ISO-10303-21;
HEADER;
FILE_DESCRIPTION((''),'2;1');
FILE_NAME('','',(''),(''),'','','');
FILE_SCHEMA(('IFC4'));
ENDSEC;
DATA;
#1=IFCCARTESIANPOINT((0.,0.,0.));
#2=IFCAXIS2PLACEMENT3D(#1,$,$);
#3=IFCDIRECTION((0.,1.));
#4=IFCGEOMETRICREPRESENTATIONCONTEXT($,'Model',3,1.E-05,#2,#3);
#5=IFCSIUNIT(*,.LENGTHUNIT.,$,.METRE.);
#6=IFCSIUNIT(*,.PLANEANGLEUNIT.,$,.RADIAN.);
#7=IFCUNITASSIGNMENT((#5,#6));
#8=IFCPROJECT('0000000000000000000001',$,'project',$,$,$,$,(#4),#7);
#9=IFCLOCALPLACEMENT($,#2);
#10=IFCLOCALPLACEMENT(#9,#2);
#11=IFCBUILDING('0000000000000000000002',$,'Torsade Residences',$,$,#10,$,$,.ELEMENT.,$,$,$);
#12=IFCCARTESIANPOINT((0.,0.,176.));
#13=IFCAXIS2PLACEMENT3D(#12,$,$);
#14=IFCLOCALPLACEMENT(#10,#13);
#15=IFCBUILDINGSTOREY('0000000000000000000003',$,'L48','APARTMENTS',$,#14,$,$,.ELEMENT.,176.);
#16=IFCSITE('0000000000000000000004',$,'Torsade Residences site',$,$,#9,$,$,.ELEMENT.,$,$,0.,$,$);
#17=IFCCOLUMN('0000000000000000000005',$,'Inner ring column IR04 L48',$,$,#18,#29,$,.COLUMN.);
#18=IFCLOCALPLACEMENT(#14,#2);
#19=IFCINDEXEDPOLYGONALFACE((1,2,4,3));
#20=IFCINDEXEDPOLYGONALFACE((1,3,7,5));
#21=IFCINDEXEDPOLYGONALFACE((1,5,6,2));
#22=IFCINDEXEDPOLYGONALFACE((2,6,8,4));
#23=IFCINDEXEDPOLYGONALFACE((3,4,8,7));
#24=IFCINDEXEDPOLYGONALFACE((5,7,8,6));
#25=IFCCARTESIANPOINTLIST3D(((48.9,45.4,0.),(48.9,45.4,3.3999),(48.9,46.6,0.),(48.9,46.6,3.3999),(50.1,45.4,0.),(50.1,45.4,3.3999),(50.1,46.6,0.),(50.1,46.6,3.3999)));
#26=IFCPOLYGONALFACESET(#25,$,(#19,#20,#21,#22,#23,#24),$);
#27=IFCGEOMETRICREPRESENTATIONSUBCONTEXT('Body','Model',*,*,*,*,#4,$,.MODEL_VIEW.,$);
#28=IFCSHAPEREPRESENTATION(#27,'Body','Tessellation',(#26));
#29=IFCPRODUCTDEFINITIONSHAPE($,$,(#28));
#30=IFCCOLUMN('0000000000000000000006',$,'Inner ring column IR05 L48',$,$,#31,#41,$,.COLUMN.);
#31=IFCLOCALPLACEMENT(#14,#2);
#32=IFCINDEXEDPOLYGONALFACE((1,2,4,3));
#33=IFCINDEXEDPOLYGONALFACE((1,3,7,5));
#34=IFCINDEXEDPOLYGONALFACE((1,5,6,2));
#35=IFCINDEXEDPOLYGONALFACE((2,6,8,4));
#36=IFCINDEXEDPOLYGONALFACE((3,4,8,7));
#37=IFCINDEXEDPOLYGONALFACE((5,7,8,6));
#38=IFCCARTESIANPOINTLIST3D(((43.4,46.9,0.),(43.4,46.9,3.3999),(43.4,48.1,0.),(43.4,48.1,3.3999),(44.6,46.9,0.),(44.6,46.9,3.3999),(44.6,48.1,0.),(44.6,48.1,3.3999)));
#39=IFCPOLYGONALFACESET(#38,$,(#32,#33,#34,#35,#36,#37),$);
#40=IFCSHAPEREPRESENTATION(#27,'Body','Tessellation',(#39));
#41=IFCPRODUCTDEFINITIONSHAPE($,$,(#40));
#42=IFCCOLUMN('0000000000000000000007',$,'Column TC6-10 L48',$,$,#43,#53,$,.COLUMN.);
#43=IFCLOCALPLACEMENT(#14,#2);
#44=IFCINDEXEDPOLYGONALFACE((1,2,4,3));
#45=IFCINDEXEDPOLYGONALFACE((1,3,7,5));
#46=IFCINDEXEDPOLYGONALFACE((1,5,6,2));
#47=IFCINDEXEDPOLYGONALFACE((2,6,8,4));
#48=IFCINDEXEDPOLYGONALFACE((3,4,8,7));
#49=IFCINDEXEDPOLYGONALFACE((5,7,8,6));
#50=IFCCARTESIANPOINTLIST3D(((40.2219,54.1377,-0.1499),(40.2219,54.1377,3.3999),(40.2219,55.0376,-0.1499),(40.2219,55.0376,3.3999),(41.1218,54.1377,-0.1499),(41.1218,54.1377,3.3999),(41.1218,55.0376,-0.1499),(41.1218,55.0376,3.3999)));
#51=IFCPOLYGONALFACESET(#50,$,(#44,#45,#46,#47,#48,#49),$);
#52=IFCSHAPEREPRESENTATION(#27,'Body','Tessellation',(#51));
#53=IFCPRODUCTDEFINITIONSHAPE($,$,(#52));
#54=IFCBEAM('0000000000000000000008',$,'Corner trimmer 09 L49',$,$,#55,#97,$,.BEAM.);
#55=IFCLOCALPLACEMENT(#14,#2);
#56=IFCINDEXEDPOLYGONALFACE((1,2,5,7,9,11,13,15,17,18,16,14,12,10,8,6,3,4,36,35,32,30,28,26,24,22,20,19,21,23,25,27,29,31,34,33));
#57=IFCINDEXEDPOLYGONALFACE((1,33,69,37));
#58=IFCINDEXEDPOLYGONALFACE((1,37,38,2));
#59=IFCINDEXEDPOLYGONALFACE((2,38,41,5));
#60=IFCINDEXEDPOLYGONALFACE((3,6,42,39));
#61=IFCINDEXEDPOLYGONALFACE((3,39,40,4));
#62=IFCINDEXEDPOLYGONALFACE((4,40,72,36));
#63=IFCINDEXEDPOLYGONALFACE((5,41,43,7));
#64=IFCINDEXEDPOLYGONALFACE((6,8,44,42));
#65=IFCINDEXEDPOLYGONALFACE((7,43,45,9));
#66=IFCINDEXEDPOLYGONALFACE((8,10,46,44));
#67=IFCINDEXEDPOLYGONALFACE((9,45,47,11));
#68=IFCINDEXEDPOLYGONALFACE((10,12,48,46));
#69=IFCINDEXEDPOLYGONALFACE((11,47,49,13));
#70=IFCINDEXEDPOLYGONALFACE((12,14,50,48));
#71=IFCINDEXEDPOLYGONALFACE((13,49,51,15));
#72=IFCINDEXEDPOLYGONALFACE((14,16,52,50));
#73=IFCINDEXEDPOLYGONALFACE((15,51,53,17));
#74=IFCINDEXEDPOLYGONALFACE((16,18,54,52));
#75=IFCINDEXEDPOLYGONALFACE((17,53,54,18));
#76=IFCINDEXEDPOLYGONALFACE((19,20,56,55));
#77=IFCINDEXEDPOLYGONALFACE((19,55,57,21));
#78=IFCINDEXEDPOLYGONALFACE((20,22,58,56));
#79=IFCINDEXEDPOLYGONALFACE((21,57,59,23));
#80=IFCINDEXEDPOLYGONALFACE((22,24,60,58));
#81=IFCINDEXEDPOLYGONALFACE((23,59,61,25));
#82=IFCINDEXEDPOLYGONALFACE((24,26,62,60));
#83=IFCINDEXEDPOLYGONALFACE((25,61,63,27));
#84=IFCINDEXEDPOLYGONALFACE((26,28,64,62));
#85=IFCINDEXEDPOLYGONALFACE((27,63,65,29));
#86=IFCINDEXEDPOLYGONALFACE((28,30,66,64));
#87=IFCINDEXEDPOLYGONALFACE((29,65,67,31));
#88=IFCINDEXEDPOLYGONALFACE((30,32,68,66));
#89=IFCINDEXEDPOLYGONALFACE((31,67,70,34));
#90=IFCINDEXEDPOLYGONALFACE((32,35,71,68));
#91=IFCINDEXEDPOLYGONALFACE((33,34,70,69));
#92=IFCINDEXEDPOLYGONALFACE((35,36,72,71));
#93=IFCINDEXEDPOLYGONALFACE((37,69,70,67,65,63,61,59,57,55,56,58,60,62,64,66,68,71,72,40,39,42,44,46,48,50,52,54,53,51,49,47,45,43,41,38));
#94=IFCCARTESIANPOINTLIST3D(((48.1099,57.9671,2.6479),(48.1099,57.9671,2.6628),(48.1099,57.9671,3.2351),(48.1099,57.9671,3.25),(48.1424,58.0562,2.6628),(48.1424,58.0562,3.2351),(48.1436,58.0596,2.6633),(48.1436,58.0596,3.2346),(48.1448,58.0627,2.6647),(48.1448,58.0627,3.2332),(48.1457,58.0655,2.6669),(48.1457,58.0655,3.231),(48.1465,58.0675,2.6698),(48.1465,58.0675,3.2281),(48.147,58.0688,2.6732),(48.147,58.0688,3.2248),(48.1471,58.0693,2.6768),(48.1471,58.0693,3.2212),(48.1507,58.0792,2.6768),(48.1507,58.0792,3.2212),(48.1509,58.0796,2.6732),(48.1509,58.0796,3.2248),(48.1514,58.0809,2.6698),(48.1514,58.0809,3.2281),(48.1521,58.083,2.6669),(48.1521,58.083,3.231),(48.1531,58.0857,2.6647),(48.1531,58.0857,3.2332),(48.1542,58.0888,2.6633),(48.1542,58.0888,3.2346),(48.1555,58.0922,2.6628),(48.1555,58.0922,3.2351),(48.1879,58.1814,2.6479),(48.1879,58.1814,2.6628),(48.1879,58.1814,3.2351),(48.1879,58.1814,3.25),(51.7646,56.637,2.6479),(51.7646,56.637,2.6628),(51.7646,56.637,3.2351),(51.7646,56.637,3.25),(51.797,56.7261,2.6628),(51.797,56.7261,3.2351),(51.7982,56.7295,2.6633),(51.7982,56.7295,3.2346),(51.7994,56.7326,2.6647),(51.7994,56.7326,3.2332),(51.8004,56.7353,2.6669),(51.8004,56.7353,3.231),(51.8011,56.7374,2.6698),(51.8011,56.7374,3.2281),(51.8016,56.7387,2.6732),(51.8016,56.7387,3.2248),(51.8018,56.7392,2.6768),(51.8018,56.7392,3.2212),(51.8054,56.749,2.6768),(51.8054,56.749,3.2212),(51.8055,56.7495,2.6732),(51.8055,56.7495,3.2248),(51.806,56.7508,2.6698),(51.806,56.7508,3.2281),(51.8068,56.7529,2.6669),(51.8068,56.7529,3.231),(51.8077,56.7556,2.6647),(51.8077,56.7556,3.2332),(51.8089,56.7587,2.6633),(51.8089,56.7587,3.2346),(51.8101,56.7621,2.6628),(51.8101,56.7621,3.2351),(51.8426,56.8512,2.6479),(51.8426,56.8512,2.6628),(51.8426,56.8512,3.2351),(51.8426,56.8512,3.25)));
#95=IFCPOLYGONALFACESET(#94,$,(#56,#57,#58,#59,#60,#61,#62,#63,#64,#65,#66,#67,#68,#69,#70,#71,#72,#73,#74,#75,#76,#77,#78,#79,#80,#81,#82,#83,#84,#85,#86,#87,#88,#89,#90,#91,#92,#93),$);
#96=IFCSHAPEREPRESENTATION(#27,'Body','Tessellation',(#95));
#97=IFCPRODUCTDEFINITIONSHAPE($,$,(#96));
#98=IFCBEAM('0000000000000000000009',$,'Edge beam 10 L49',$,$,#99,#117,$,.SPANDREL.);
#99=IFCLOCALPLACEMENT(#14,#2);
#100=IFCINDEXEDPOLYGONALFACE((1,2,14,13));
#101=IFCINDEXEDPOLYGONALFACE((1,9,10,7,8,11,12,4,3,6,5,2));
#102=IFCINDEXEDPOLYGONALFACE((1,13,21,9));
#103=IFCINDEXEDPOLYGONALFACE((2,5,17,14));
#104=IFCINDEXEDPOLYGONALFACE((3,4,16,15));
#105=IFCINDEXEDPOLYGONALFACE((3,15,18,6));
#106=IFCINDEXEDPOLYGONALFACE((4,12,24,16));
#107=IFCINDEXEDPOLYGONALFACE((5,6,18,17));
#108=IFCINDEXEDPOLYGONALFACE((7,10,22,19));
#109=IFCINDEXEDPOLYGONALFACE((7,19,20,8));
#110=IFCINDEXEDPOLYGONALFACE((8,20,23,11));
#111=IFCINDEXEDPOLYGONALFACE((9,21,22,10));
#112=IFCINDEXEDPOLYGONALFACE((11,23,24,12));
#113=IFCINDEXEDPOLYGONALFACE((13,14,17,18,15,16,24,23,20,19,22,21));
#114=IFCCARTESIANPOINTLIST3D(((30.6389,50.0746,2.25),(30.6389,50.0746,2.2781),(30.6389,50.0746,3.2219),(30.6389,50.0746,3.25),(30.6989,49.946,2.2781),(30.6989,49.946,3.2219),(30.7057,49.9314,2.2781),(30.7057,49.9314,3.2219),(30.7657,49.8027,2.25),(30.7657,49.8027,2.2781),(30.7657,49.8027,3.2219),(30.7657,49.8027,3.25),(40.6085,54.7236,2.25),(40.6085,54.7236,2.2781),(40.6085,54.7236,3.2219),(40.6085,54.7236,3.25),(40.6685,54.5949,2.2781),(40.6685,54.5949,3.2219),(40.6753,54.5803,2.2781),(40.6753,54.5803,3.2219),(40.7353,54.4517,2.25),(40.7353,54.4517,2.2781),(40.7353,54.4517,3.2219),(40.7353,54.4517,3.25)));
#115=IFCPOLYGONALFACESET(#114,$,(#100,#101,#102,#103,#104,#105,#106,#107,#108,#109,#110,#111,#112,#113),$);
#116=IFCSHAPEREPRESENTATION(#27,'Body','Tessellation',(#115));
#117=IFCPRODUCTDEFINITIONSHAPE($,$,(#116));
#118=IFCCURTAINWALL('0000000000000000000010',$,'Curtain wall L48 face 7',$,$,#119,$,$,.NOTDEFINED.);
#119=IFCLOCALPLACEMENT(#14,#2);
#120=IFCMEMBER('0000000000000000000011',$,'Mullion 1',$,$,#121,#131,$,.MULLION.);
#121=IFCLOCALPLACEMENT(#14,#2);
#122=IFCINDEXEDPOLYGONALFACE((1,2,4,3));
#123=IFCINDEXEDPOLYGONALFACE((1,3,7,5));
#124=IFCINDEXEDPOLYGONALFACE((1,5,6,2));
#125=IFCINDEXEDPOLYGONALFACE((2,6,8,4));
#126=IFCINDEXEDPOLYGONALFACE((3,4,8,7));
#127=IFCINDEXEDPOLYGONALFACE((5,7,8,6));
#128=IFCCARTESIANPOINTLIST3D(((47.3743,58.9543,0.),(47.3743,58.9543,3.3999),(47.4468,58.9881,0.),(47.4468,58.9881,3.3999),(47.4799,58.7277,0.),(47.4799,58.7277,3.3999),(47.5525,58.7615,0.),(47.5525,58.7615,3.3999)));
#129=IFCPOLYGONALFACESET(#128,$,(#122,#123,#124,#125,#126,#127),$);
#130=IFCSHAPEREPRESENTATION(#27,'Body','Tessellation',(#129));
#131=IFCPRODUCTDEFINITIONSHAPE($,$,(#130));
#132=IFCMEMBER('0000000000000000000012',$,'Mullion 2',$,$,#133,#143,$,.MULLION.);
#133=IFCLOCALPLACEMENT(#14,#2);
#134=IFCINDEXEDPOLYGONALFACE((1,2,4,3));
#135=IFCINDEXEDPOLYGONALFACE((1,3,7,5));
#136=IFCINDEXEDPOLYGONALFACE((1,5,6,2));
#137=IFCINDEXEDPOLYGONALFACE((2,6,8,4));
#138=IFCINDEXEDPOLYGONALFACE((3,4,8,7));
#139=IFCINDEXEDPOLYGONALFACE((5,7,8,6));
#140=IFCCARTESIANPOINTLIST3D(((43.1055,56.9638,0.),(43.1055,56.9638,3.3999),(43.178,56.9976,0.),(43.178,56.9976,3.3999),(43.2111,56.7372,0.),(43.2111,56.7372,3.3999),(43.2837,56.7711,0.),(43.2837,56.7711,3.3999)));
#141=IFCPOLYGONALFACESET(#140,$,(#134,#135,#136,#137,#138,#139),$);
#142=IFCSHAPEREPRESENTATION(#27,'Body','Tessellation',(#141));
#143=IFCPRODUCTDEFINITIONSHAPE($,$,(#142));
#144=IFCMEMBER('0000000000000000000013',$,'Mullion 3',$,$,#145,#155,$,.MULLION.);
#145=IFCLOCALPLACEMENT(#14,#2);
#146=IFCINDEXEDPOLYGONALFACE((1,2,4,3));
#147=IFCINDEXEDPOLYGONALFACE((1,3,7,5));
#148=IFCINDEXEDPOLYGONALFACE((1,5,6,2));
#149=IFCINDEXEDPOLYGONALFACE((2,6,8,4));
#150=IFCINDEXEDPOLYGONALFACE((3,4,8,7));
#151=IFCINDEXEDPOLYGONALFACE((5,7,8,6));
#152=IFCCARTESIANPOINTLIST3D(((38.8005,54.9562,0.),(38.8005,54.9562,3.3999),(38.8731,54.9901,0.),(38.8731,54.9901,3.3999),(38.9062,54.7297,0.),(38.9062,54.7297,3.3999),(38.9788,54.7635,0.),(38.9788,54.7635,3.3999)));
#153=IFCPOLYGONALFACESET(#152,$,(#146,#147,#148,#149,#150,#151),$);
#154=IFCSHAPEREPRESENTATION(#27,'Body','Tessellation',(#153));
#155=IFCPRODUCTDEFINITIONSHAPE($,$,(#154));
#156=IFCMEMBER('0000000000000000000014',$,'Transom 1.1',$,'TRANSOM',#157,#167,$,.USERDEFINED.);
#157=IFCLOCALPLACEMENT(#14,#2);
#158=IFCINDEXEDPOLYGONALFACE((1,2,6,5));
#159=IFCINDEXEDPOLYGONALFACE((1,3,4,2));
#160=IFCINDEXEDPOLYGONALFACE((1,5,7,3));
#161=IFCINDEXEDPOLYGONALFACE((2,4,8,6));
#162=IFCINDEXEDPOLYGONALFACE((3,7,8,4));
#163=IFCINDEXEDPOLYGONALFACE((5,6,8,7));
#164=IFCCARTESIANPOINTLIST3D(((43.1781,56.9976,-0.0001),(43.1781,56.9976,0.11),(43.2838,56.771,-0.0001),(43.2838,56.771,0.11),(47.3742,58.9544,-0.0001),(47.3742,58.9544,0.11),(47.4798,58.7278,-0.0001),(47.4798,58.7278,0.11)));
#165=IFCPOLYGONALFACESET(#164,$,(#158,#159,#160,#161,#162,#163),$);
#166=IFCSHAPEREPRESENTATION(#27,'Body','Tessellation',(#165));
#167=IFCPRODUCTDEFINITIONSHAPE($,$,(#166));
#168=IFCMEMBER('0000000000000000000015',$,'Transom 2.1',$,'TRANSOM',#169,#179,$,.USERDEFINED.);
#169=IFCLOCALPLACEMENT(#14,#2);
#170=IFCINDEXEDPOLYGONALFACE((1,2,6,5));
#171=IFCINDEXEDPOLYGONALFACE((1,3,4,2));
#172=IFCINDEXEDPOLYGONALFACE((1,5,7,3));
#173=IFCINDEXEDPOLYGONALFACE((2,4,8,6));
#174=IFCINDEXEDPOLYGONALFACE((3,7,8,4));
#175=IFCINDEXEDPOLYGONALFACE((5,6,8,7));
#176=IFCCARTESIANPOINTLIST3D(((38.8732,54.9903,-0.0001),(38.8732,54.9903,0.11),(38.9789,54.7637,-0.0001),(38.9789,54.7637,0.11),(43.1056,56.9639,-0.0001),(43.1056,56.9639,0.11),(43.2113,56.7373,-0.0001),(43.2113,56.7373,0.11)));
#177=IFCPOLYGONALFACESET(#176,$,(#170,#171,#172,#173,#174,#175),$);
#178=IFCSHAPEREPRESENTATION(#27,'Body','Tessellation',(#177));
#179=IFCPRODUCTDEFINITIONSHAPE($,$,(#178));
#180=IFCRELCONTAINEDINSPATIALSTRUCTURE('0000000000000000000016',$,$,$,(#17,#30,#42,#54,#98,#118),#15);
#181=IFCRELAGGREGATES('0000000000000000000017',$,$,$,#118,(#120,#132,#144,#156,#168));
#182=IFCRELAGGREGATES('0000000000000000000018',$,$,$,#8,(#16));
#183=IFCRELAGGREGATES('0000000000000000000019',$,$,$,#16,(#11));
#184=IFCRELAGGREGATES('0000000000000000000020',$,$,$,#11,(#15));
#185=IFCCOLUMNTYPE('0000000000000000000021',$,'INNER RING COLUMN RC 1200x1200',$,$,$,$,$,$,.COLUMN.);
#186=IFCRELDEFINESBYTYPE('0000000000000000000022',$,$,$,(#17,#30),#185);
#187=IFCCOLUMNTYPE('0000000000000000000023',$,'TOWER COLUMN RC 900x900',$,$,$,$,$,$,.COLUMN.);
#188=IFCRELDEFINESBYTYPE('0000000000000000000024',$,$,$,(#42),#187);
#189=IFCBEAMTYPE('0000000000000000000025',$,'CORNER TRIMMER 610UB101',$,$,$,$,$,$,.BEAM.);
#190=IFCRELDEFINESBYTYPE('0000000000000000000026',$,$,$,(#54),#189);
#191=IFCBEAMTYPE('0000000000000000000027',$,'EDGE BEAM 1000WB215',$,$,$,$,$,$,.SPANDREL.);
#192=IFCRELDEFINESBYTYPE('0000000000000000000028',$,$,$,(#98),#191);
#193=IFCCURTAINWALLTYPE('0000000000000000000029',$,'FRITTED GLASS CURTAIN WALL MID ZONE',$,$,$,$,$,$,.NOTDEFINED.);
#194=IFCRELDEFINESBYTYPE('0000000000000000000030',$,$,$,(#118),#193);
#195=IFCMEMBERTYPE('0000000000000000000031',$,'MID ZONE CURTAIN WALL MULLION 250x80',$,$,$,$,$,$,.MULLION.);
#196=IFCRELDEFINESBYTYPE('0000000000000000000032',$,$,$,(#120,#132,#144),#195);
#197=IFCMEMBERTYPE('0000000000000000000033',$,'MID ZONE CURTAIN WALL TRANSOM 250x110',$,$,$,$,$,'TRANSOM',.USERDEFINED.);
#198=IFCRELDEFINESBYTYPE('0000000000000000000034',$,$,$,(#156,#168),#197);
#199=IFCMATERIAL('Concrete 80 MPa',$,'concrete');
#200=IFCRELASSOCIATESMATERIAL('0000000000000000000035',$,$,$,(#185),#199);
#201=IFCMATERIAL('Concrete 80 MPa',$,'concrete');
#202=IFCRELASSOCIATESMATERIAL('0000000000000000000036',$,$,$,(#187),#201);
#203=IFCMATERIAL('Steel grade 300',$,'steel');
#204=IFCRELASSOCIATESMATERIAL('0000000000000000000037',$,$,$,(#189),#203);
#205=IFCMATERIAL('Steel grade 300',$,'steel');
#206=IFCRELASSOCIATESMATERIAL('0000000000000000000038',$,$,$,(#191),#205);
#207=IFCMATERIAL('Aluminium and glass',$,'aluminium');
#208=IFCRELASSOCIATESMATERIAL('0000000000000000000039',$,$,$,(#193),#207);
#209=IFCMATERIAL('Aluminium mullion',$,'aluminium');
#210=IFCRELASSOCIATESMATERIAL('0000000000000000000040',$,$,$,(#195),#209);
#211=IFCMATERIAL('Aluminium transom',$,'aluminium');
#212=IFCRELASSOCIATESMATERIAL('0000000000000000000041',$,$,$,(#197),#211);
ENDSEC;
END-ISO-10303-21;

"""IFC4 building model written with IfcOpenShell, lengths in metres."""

from ifc_helpers import new_model, si_unit, direction, frame, origin, origin_2d, place, context, subcontext, project, spatial, rectangle, i_section, extrude, material, material_profile, profile_set, type_object, element, aggregate, save


model = new_model("IFC4")

# Units and contexts
model_context = context("Model", 3, precision=1e-05, world=origin(), true_north=direction((0.0, 1.0)))
body_context = subcontext(model_context, "Body", "Model", "MODEL_VIEW")
ifc_project = project(units=[si_unit("LENGTHUNIT", "METRE"), si_unit("PLANEANGLEUNIT", "RADIAN")], contexts=[model_context])

# Site, building, storey
site_placement = place(None, origin())
site = spatial("IfcSite", under=ifc_project, at=site_placement, Name="Torsade Residences site", CompositionType="ELEMENT", RefElevation=0.0)
building_placement = place(site_placement, origin())
building = spatial("IfcBuilding", under=site, at=building_placement, Name="Torsade Residences", CompositionType="ELEMENT")
storey_placement = place(building_placement, frame((0.0, 0.0, 176.0)))
storey = spatial("IfcBuildingStorey", under=building, at=storey_placement, Name="L48", Description="APARTMENTS", CompositionType="ELEMENT", Elevation=176.0)

# Columns
ifc_material_1 = material(Name="Concrete 80 MPa", Category="concrete")
ifc_material_profile_1 = material_profile(ifc_material_1, rectangle(XDim=1.2, YDim=1.2, at=origin_2d()), Name="RC 1200x1200")
ifc_profile_set_1 = profile_set([ifc_material_profile_1], Name="Concrete 80 MPa")
column_type_1 = type_object("IfcColumnType", Name="INNER RING COLUMN RC 1200x1200", PredefinedType="COLUMN", material=ifc_profile_set_1)
for number, where, z_axis, x_axis, name in (
    (1, (49.5, 46.0, 0.0), (0.0, 0.0, 1.0), (1.0, 0.0, 0.0), "Inner ring column IR04 L48"),
    (2, (44.0, 47.5, 0.0), (0.0, 0.0, 1.0), (1.0, 0.0, 0.0), "Inner ring column IR05 L48"),
):
    element("IfcColumn", number, at=place(storey_placement, frame(where, z_axis=z_axis, x_axis=x_axis)), inside=storey, type_object=column_type_1, Name=name, PredefinedType="COLUMN", context=body_context, shape_type="SweptSolid", body=[
        extrude(rectangle(XDim=1.2, YDim=1.2, at=origin_2d()), origin(), (0.0, 0.0, 1.0), 3.3999),
    ])
ifc_material_2 = material(Name="Concrete 80 MPa", Category="concrete")
ifc_material_profile_2 = material_profile(ifc_material_2, rectangle(XDim=0.8999, YDim=0.8999, at=origin_2d()), Name="RC 900x900")
ifc_profile_set_2 = profile_set([ifc_material_profile_2], Name="Concrete 80 MPa")
column_type_2 = type_object("IfcColumnType", Name="TOWER COLUMN RC 900x900", PredefinedType="COLUMN", material=ifc_profile_set_2)
column_placement = place(storey_placement, frame((40.6719, 54.5876, -0.1499), z_axis=(0.0, 0.0, 1.0), x_axis=(1.0, 0.0, 0.0)))
element("IfcColumn", 3, at=column_placement, inside=storey, type_object=column_type_2, Name="Column TC6-10 L48", PredefinedType="COLUMN", context=body_context, shape_type="SweptSolid", body=[
    extrude(rectangle(XDim=0.8999, YDim=0.8999, at=origin_2d()), origin(), (0.0, 0.0, 1.0), 3.5498),
])

# Beams
ifc_material_3 = material(Name="Steel grade 300", Category="steel")
ifc_material_profile_3 = material_profile(ifc_material_3, i_section(OverallWidth=0.228, OverallDepth=0.6021, WebThickness=0.0105, FlangeThickness=0.0149, FilletRadius=0.0139, at=origin_2d()), Name="610UB101")
ifc_profile_set_3 = profile_set([ifc_material_profile_3], Name="Steel grade 300")
beam_type_1 = type_object("IfcBeamType", Name="CORNER TRIMMER 610UB101", PredefinedType="BEAM", material=ifc_profile_set_3)
beam_1_placement = place(storey_placement, frame((48.1489, 58.0742, 2.949), z_axis=(0.939698, -0.342005, 0.0), x_axis=(0.342005, 0.939698, 0.0)))
element("IfcBeam", 4, at=beam_1_placement, inside=storey, type_object=beam_type_1, Name="Corner trimmer 09 L49", PredefinedType="BEAM", context=body_context, shape_type="SweptSolid", body=[
    extrude(i_section(OverallWidth=0.228, OverallDepth=0.6021, WebThickness=0.0105, FlangeThickness=0.0149, FilletRadius=0.0139, at=origin_2d()), origin(), (0.0, 0.0, 1.0), 3.8892),
])
ifc_material_4 = material(Name="Steel grade 300", Category="steel")
ifc_material_profile_4 = material_profile(ifc_material_4, i_section(OverallWidth=0.3, OverallDepth=1.0, WebThickness=0.0161, FlangeThickness=0.0281, at=origin_2d()), Name="1000WB215")
ifc_profile_set_4 = profile_set([ifc_material_profile_4], Name="Steel grade 300")
beam_type_2 = type_object("IfcBeamType", Name="EDGE BEAM 1000WB215", PredefinedType="SPANDREL", material=ifc_profile_set_4)
beam_2_placement = place(storey_placement, frame((40.6719, 54.5876, 2.75), z_axis=(-0.906305, -0.422624, 0.0), x_axis=(0.422624, -0.906305, 0.0)))
element("IfcBeam", 5, at=beam_2_placement, inside=storey, type_object=beam_type_2, Name="Edge beam 10 L49", PredefinedType="SPANDREL", context=body_context, shape_type="SweptSolid", body=[
    extrude(i_section(OverallWidth=0.3, OverallDepth=1.0, WebThickness=0.0161, FlangeThickness=0.0281, at=origin_2d()), origin(), (0.0, 0.0, 1.0), 11.0002),
])

# Curtain wall, members
ifc_material_5 = material(Name="Aluminium and glass", Category="aluminium")
curtain_wall_type = type_object("IfcCurtainWallType", Name="FRITTED GLASS CURTAIN WALL MID ZONE", PredefinedType="NOTDEFINED", material=ifc_material_5)
curtain_wall_placement = place(storey_placement, origin())
curtain_wall = element("IfcCurtainWall", 6, at=curtain_wall_placement, inside=storey, type_object=curtain_wall_type, Name="Curtain wall L48 face 7", PredefinedType="NOTDEFINED")
ifc_material_6 = material(Name="Aluminium mullion", Category="aluminium")
ifc_material_profile_5 = material_profile(ifc_material_6, rectangle(XDim=0.25, YDim=0.0801, at=origin_2d()), Name="MID ZONE CURTAIN WALL MULLION 250x80")
ifc_profile_set_5 = profile_set([ifc_material_profile_5], Name="Aluminium mullion")
member_type_1 = type_object("IfcMemberType", Name="MID ZONE CURTAIN WALL MULLION 250x80", PredefinedType="MULLION", material=ifc_profile_set_5)
member_1_placement = place(storey_placement, frame((47.4634, 58.8579, 0.0), z_axis=(0.0, 0.0, 1.0), x_axis=(0.422618, -0.906308, 0.0)))
member_1 = element("IfcMember", 7, at=member_1_placement, type_object=member_type_1, Name="Mullion 1", PredefinedType="MULLION", context=body_context, shape_type="SweptSolid", body=[
    extrude(rectangle(XDim=0.25, YDim=0.0801, at=origin_2d()), origin(), (0.0, 0.0, 1.0), 3.3999),
])
member_2_placement = place(storey_placement, frame((43.1946, 56.8674, 0.0), z_axis=(0.0, 0.0, 1.0), x_axis=(0.422618, -0.906308, 0.0)))
member_2 = element("IfcMember", 8, at=member_2_placement, type_object=member_type_1, Name="Mullion 2", PredefinedType="MULLION", context=body_context, shape_type="SweptSolid", body=[
    extrude(rectangle(XDim=0.25, YDim=0.0801, at=origin_2d()), origin(), (0.0, 0.0, 1.0), 3.3999),
])
member_3_placement = place(storey_placement, frame((38.8896, 54.8599, 0.0), z_axis=(0.0, 0.0, 1.0), x_axis=(0.422618, -0.906308, 0.0)))
member_3 = element("IfcMember", 9, at=member_3_placement, type_object=member_type_1, Name="Mullion 3", PredefinedType="MULLION", context=body_context, shape_type="SweptSolid", body=[
    extrude(rectangle(XDim=0.25, YDim=0.0801, at=origin_2d()), origin(), (0.0, 0.0, 1.0), 3.3999),
])
ifc_material_7 = material(Name="Aluminium transom", Category="aluminium")
ifc_material_profile_6 = material_profile(ifc_material_7, rectangle(XDim=0.25, YDim=0.1101, at=origin_2d()), Name="MID ZONE CURTAIN WALL TRANSOM 250x110")
ifc_profile_set_6 = profile_set([ifc_material_profile_6], Name="Aluminium transom")
member_type_2 = type_object("IfcMemberType", Name="MID ZONE CURTAIN WALL TRANSOM 250x110", ElementType="TRANSOM", PredefinedType="USERDEFINED", material=ifc_profile_set_6)
member_4_placement = place(storey_placement, frame((47.427, 58.8411, 0.0549), z_axis=(-0.906296, -0.422643, 0.0), x_axis=(0.422643, -0.906296, 0.0)))
member_4 = element("IfcMember", 10, at=member_4_placement, type_object=member_type_2, Name="Transom 1.1", ObjectType="TRANSOM", PredefinedType="USERDEFINED", context=body_context, shape_type="SweptSolid", body=[
    extrude(rectangle(XDim=0.25, YDim=0.1101, at=origin_2d()), origin(), (0.0, 0.0, 1.0), 4.6299),
])
member_5_placement = place(storey_placement, frame((43.1584, 56.8506, 0.0549), z_axis=(-0.906306, -0.422622, 0.0), x_axis=(0.422622, -0.906306, 0.0)))
member_5 = element("IfcMember", 11, at=member_5_placement, type_object=member_type_2, Name="Transom 2.1", ObjectType="TRANSOM", PredefinedType="USERDEFINED", context=body_context, shape_type="SweptSolid", body=[
    extrude(rectangle(XDim=0.25, YDim=0.1101, at=origin_2d()), origin(), (0.0, 0.0, 1.0), 4.6699),
])

aggregate(curtain_wall, [member_1, member_2, member_3, member_4, member_5])

save(model, "model.ifc")
